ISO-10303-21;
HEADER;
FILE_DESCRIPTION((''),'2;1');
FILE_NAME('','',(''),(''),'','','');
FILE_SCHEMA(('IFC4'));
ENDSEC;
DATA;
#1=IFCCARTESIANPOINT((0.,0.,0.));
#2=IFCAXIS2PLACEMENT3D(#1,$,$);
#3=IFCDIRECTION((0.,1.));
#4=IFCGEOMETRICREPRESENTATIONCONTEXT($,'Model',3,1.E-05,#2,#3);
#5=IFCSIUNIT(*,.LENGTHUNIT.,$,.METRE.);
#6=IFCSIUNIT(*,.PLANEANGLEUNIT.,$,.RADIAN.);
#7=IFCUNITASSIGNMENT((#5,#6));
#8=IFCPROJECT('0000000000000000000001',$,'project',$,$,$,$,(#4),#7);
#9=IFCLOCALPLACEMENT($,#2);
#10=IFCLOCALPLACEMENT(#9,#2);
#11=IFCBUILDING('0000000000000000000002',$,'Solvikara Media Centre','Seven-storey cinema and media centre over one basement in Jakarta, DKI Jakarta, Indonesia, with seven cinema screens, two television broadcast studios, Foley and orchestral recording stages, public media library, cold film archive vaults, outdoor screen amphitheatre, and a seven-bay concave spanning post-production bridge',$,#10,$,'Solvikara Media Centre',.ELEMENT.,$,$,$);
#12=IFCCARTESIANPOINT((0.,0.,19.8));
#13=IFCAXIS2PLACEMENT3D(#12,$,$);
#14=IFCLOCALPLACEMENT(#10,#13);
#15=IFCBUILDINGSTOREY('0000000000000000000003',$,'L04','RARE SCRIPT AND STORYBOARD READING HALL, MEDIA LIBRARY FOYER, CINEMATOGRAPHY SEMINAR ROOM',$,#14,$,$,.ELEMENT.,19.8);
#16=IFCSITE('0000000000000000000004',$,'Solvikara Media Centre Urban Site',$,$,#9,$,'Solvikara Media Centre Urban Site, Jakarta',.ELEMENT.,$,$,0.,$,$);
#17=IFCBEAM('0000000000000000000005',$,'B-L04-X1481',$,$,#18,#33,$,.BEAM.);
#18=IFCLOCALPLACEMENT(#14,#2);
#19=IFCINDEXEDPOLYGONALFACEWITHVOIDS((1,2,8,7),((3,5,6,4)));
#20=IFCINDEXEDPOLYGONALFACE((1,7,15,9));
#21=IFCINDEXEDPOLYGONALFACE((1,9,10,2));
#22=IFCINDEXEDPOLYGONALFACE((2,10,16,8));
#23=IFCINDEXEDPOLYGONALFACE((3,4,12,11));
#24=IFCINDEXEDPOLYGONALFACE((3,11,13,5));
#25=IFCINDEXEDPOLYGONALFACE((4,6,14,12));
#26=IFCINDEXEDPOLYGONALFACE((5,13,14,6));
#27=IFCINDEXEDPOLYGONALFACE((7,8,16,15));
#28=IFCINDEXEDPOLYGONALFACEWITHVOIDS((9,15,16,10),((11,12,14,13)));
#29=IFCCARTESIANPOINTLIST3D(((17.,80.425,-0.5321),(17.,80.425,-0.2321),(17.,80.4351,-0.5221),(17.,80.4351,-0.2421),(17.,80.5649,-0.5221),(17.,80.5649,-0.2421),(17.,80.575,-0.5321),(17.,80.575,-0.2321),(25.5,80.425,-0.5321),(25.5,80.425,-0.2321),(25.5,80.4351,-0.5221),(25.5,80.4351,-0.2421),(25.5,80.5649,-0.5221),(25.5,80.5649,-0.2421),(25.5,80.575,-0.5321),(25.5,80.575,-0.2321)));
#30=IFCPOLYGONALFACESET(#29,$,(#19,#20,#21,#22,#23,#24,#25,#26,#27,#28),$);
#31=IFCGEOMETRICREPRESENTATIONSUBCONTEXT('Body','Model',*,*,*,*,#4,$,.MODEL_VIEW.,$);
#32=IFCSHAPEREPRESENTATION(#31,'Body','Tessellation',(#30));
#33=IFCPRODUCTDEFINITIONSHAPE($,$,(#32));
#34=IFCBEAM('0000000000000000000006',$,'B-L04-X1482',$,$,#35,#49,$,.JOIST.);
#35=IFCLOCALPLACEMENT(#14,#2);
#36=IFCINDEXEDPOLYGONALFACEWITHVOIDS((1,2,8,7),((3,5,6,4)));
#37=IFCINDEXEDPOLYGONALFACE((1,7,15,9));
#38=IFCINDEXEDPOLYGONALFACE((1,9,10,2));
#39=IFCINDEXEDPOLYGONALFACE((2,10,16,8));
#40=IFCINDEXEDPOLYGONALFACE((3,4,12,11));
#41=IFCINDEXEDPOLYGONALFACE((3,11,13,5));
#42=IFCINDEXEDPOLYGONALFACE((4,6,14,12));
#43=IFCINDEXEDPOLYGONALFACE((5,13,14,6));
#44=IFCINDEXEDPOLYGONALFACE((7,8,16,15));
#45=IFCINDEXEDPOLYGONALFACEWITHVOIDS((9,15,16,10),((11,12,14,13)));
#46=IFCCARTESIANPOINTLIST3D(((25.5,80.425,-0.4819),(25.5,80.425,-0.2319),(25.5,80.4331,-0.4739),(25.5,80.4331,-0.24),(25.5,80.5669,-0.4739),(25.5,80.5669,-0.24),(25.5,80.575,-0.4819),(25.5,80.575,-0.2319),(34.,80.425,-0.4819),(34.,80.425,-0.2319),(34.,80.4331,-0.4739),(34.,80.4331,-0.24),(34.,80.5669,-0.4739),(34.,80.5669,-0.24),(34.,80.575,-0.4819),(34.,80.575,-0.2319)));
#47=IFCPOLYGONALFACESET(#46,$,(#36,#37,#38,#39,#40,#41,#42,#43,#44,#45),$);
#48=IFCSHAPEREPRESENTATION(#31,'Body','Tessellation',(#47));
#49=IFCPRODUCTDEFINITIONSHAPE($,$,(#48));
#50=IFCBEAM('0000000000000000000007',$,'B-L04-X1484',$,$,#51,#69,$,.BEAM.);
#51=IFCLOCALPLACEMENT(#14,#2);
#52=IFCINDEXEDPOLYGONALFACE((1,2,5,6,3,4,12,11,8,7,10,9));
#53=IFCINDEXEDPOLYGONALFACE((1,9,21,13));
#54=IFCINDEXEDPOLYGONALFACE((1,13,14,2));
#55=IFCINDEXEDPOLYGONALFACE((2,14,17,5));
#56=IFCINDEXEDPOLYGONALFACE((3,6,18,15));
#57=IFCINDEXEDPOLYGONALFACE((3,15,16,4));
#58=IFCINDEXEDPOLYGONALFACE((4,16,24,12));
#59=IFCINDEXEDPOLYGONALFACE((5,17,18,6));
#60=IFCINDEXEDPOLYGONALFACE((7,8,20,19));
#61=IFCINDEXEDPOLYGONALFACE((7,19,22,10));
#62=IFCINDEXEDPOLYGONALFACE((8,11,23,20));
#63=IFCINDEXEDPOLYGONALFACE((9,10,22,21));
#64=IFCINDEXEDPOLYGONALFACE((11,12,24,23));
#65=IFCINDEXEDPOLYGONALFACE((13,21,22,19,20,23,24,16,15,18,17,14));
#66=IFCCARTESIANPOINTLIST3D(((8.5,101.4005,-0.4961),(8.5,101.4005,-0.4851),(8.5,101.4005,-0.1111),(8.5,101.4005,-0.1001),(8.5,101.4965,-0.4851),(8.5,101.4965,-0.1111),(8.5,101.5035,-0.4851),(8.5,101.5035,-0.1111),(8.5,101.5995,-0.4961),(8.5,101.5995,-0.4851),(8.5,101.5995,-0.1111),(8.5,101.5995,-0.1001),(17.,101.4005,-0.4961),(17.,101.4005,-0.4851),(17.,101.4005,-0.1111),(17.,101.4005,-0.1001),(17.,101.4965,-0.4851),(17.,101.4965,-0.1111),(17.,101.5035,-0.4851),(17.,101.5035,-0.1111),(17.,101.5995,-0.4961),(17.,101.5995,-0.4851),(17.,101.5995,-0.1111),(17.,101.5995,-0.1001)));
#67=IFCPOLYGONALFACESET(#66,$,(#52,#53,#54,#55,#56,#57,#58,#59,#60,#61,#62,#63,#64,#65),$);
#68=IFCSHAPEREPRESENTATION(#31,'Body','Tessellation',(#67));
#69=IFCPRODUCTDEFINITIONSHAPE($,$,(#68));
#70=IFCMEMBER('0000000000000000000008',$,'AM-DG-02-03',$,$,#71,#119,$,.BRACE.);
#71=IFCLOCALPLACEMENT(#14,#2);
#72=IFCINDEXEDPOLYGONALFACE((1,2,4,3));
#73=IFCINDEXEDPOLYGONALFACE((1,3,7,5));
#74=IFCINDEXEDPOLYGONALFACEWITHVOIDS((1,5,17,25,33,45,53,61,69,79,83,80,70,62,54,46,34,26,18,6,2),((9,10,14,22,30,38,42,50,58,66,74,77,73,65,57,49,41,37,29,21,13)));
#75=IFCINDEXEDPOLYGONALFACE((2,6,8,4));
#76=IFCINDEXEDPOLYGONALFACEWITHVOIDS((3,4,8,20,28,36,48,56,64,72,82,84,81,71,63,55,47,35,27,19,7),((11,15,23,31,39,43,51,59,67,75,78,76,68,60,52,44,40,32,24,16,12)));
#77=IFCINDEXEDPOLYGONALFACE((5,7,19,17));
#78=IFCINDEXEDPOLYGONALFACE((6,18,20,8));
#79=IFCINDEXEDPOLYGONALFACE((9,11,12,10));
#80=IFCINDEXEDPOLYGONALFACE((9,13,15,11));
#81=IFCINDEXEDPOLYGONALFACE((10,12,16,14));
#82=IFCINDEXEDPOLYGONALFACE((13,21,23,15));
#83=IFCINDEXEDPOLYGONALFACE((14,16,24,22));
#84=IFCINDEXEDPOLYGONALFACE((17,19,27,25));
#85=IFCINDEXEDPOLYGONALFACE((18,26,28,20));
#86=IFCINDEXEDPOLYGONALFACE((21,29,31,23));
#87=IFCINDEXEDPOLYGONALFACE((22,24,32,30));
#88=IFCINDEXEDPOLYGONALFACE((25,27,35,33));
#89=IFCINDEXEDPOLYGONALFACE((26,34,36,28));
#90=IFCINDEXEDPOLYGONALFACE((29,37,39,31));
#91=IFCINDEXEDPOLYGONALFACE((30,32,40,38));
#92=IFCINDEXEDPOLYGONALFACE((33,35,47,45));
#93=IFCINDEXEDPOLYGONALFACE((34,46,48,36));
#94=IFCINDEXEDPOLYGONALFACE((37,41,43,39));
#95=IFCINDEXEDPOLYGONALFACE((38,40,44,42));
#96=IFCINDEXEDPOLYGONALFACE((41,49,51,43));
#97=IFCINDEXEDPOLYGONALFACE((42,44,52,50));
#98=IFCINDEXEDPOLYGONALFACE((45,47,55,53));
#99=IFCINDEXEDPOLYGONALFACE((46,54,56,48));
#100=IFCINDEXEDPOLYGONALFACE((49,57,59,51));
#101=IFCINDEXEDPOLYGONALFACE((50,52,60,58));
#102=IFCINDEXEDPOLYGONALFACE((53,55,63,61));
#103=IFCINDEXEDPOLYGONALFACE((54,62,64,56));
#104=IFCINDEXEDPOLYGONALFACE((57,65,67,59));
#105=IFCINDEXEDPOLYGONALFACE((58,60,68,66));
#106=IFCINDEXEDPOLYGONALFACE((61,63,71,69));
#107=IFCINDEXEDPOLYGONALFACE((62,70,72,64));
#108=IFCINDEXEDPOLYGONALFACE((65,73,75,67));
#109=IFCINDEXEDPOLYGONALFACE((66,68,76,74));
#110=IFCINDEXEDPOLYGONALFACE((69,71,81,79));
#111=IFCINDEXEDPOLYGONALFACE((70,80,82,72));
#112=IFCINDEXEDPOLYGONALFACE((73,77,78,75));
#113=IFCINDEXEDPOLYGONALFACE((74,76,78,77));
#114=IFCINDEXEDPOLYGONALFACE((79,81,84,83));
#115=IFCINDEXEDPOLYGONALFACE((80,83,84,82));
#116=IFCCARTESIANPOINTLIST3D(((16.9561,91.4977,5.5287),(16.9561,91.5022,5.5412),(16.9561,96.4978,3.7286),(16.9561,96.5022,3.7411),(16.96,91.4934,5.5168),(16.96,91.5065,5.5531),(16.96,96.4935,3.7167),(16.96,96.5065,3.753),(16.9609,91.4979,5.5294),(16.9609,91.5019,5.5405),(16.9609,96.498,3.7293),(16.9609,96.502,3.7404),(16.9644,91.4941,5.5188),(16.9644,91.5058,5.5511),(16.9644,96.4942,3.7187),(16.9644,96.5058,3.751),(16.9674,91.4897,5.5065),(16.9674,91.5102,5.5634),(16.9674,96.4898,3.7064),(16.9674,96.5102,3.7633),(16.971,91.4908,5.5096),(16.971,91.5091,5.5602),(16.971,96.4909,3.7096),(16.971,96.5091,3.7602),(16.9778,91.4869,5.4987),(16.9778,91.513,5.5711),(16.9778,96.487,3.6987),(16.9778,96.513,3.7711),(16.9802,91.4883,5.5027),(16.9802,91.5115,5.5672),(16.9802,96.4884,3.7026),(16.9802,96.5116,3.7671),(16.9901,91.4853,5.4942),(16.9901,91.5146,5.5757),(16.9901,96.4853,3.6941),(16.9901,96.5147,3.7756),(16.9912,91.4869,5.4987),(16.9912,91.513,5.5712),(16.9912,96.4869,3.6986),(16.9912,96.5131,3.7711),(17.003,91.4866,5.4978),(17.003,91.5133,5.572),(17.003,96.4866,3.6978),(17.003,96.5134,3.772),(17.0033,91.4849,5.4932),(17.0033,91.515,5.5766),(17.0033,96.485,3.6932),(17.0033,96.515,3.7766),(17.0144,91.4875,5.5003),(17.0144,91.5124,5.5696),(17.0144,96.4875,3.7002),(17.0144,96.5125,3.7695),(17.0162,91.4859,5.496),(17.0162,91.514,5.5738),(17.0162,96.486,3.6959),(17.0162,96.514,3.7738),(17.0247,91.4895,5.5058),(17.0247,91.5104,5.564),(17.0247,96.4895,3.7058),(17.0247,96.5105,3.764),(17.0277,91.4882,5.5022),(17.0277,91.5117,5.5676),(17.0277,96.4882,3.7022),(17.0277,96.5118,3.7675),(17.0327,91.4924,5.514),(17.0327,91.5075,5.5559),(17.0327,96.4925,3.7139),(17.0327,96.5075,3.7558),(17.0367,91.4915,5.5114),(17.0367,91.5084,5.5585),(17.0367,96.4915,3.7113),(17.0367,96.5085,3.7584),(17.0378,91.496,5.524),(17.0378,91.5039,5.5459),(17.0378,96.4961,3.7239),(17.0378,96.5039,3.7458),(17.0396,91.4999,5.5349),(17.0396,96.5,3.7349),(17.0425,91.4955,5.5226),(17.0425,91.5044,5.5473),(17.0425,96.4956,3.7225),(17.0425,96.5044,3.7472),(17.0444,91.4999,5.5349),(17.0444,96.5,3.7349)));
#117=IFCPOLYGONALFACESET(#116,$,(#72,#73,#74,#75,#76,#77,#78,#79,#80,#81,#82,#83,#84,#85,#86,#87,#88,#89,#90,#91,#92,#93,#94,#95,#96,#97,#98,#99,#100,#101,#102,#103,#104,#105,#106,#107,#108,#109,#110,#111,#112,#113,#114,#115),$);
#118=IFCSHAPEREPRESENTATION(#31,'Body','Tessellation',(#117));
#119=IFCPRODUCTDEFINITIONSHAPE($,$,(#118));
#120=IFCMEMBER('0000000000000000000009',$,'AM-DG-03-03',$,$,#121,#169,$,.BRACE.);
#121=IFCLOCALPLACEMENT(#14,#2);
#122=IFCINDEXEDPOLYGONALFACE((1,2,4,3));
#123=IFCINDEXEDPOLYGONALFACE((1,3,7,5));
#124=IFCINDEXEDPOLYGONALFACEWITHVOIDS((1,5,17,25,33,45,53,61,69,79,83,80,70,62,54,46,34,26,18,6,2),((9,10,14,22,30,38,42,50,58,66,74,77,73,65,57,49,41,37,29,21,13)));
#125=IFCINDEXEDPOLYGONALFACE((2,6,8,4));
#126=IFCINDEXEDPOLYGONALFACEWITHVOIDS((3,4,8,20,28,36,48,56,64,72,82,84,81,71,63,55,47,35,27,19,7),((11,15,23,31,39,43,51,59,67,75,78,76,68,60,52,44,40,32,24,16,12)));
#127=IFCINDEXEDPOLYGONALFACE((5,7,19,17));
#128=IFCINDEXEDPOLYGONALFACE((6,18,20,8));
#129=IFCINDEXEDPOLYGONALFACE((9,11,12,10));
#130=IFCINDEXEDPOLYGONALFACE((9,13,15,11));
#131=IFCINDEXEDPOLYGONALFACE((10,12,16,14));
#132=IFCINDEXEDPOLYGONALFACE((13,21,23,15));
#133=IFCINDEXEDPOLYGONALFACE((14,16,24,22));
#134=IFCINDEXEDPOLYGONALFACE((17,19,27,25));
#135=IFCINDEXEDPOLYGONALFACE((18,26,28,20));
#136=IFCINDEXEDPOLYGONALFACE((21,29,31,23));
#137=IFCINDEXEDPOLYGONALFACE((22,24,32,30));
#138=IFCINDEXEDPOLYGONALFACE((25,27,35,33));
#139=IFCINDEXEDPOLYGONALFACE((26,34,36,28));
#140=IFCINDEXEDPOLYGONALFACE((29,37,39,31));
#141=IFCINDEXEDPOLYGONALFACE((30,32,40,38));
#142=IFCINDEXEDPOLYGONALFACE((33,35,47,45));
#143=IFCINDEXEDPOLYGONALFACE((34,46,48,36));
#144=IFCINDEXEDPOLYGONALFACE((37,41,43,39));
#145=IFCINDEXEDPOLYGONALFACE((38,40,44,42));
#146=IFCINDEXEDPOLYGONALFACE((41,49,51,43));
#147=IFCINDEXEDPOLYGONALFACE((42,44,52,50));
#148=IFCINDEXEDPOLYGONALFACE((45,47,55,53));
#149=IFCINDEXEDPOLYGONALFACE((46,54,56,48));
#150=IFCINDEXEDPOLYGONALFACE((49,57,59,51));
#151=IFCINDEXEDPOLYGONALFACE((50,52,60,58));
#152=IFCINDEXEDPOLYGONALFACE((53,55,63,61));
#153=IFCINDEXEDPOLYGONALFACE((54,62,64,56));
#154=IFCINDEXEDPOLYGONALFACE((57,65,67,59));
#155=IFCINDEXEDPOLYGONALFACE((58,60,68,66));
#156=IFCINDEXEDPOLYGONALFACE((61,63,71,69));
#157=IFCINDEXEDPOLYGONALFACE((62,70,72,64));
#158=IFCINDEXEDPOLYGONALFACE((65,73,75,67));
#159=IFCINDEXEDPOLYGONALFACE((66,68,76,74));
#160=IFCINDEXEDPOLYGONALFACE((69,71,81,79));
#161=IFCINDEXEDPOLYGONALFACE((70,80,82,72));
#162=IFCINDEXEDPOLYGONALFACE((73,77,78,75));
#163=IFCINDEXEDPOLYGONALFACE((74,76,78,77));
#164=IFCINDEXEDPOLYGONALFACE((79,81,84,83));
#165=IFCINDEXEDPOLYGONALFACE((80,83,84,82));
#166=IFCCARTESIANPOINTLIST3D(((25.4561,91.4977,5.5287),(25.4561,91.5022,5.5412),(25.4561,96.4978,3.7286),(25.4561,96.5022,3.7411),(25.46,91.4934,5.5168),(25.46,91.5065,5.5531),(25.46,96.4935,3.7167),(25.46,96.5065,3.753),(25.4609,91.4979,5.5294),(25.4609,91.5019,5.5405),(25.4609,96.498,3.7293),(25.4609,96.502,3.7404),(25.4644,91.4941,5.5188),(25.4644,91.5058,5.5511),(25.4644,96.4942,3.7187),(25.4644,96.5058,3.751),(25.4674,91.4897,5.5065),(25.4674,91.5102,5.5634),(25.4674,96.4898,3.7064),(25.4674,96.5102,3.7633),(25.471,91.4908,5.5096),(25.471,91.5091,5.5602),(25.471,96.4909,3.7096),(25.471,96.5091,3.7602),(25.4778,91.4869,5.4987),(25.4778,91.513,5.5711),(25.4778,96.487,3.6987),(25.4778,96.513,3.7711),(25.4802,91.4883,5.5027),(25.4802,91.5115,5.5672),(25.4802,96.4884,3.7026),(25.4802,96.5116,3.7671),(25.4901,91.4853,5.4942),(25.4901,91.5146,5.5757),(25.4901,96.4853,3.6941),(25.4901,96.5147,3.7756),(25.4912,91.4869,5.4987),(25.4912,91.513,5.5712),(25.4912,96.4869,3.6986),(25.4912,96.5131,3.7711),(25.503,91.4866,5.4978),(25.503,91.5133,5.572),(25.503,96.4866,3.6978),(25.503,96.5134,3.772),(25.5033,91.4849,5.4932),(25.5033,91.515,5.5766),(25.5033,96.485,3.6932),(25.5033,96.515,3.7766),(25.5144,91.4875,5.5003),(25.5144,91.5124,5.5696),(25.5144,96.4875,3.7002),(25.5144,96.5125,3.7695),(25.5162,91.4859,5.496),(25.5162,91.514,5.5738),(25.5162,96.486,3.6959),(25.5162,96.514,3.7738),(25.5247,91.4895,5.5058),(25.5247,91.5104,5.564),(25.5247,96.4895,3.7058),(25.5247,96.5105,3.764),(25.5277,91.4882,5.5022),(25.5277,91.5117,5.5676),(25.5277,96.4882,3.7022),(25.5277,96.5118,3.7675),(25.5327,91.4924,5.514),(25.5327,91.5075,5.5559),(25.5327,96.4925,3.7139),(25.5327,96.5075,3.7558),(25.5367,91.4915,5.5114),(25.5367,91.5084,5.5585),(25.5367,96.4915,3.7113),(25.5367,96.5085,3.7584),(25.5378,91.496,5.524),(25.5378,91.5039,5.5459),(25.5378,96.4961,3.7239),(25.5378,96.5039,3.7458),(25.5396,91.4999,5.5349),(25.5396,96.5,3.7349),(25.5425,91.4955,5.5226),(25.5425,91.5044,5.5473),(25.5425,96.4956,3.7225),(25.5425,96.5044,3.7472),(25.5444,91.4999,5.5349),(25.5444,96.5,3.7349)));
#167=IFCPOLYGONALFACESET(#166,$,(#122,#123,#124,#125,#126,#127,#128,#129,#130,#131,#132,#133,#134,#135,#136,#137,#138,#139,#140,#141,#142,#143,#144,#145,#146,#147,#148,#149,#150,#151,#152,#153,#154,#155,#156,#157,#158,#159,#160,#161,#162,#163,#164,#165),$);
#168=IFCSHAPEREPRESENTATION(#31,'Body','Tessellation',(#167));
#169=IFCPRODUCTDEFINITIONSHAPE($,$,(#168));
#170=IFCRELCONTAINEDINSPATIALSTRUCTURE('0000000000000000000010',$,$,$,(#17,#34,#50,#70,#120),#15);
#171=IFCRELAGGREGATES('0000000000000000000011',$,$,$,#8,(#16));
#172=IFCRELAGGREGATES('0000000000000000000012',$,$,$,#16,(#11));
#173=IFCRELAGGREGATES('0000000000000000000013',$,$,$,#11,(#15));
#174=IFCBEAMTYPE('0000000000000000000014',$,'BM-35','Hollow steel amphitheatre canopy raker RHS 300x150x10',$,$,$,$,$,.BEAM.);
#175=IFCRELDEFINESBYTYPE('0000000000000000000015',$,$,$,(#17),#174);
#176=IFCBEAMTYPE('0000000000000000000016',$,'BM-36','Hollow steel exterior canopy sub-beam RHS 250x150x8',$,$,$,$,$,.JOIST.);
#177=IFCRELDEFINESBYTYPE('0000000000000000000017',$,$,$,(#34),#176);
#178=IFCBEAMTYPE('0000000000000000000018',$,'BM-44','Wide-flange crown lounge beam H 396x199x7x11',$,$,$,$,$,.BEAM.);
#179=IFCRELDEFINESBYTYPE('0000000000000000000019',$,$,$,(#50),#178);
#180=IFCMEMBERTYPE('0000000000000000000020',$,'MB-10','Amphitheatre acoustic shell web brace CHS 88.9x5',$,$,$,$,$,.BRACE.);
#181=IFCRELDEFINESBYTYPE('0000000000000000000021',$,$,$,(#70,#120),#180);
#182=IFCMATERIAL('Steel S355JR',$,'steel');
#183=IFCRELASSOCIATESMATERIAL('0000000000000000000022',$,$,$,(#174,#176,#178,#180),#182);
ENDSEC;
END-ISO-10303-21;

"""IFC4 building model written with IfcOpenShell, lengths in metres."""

from ifc_helpers import new_model, si_unit, direction, frame, origin, origin_2d, place, context, subcontext, project, spatial, hollow_rectangle, hollow_circle, i_section, extrude, material, material_profile, profile_set, type_object, element, save


model = new_model("IFC4")

# Units and contexts
model_context = context("Model", 3, precision=1e-05, world=origin(), true_north=direction((0.0, 1.0)))
body_context = subcontext(model_context, "Body", "Model", "MODEL_VIEW")
ifc_project = project(units=[si_unit("LENGTHUNIT", "METRE"), si_unit("PLANEANGLEUNIT", "RADIAN")], contexts=[model_context])

# Site, building, storey
site_placement = place(None, origin())
site = spatial("IfcSite", under=ifc_project, at=site_placement, Name="Solvikara Media Centre Urban Site", LongName="Solvikara Media Centre Urban Site, Jakarta", CompositionType="ELEMENT", RefElevation=0.0)
building_placement = place(site_placement, origin())
building = spatial("IfcBuilding", under=site, at=building_placement, Name="Solvikara Media Centre", Description="Seven-storey cinema and media centre over one basement in Jakarta, DKI Jakarta, Indonesia, with seven cinema screens, two television broadcast studios, Foley and orchestral recording stages, public media library, cold film archive vaults, outdoor screen amphitheatre, and a seven-bay concave spanning post-production bridge", LongName="Solvikara Media Centre", CompositionType="ELEMENT")
storey_placement = place(building_placement, frame((0.0, 0.0, 19.8)))
storey = spatial("IfcBuildingStorey", under=building, at=storey_placement, Name="L04", Description="RARE SCRIPT AND STORYBOARD READING HALL, MEDIA LIBRARY FOYER, CINEMATOGRAPHY SEMINAR ROOM", CompositionType="ELEMENT", Elevation=19.8)

# Beams
ifc_material_1 = material(Name="Steel S355JR", Category="steel")
ifc_material_profile_1 = material_profile(ifc_material_1, hollow_rectangle(XDim=0.1499, YDim=0.3, WallThickness=0.01, at=origin_2d()), Name="RHS 300x150x10")
ifc_profile_set_1 = profile_set([ifc_material_profile_1], Name="Steel S355JR")
beam_type_1 = type_object("IfcBeamType", Name="BM-35", Description="Hollow steel amphitheatre canopy raker RHS 300x150x10", PredefinedType="BEAM", material=ifc_profile_set_1)
beam_1_placement = place(storey_placement, frame((17.0, 80.5, -0.3821), z_axis=(1.0, 0.0, 0.0), x_axis=(0.0, 1.0, 0.0)))
element("IfcBeam", 1, at=beam_1_placement, inside=storey, type_object=beam_type_1, Name="B-L04-X1481", PredefinedType="BEAM", context=body_context, shape_type="SweptSolid", body=[
    extrude(hollow_rectangle(XDim=0.1499, YDim=0.3, WallThickness=0.01, at=origin_2d()), origin(), (0.0, 0.0, 1.0), 8.5),
])
ifc_material_profile_2 = material_profile(ifc_material_1, hollow_rectangle(XDim=0.1499, YDim=0.25, WallThickness=0.0081, at=origin_2d()), Name="RHS 250x150x8")
ifc_profile_set_2 = profile_set([ifc_material_profile_2], Name="Steel S355JR")
beam_type_2 = type_object("IfcBeamType", Name="BM-36", Description="Hollow steel exterior canopy sub-beam RHS 250x150x8", PredefinedType="JOIST", material=ifc_profile_set_2)
beam_2_placement = place(storey_placement, frame((25.5, 80.5, -0.3569), z_axis=(1.0, 0.0, 0.0), x_axis=(0.0, 1.0, 0.0)))
element("IfcBeam", 2, at=beam_2_placement, inside=storey, type_object=beam_type_2, Name="B-L04-X1482", PredefinedType="JOIST", context=body_context, shape_type="SweptSolid", body=[
    extrude(hollow_rectangle(XDim=0.1499, YDim=0.25, WallThickness=0.0081, at=origin_2d()), origin(), (0.0, 0.0, 1.0), 8.5),
])
ifc_material_profile_3 = material_profile(ifc_material_1, i_section(OverallWidth=0.199, OverallDepth=0.396, WebThickness=0.0071, FlangeThickness=0.011, at=origin_2d()), Name="H 396x199x7x11")
ifc_profile_set_3 = profile_set([ifc_material_profile_3], Name="Steel S355JR")
beam_type_3 = type_object("IfcBeamType", Name="BM-44", Description="Wide-flange crown lounge beam H 396x199x7x11", PredefinedType="BEAM", material=ifc_profile_set_3)
beam_3_placement = place(storey_placement, frame((8.5, 101.5, -0.2981), z_axis=(1.0, 0.0, 0.0), x_axis=(0.0, 1.0, 0.0)))
element("IfcBeam", 3, at=beam_3_placement, inside=storey, type_object=beam_type_3, Name="B-L04-X1484", PredefinedType="BEAM", context=body_context, shape_type="SweptSolid", body=[
    extrude(i_section(OverallWidth=0.199, OverallDepth=0.396, WebThickness=0.0071, FlangeThickness=0.011, at=origin_2d()), origin(), (0.0, 0.0, 1.0), 8.5),
])

# Members
ifc_material_profile_4 = material_profile(ifc_material_1, hollow_circle(Radius=0.0444, WallThickness=0.0049, at=origin_2d()), Name="CHS 88.9x5")
ifc_profile_set_4 = profile_set([ifc_material_profile_4], Name="Steel S355JR")
member_type_1 = type_object("IfcMemberType", Name="MB-10", Description="Amphitheatre acoustic shell web brace CHS 88.9x5", PredefinedType="BRACE", material=ifc_profile_set_4)
for number, where, z_axis, x_axis, name in (
    (4, (17.0, 96.5, 3.7349), (0.0, -0.940884, 0.338728), (1.0, 0.0, 0.0), "AM-DG-02-03"),
    (5, (25.5, 96.5, 3.7349), (0.0, -0.940884, 0.338728), (1.0, 0.0, 0.0), "AM-DG-03-03"),
):
    element("IfcMember", number, at=place(storey_placement, frame(where, z_axis=z_axis, x_axis=x_axis)), inside=storey, type_object=member_type_1, Name=name, PredefinedType="BRACE", context=body_context, shape_type="SweptSolid", body=[
        extrude(hollow_circle(Radius=0.0444, WallThickness=0.0049, at=origin_2d()), origin(), (0.0, 0.0, 1.0), 5.3142),
    ])

save(model, "model.ifc")
